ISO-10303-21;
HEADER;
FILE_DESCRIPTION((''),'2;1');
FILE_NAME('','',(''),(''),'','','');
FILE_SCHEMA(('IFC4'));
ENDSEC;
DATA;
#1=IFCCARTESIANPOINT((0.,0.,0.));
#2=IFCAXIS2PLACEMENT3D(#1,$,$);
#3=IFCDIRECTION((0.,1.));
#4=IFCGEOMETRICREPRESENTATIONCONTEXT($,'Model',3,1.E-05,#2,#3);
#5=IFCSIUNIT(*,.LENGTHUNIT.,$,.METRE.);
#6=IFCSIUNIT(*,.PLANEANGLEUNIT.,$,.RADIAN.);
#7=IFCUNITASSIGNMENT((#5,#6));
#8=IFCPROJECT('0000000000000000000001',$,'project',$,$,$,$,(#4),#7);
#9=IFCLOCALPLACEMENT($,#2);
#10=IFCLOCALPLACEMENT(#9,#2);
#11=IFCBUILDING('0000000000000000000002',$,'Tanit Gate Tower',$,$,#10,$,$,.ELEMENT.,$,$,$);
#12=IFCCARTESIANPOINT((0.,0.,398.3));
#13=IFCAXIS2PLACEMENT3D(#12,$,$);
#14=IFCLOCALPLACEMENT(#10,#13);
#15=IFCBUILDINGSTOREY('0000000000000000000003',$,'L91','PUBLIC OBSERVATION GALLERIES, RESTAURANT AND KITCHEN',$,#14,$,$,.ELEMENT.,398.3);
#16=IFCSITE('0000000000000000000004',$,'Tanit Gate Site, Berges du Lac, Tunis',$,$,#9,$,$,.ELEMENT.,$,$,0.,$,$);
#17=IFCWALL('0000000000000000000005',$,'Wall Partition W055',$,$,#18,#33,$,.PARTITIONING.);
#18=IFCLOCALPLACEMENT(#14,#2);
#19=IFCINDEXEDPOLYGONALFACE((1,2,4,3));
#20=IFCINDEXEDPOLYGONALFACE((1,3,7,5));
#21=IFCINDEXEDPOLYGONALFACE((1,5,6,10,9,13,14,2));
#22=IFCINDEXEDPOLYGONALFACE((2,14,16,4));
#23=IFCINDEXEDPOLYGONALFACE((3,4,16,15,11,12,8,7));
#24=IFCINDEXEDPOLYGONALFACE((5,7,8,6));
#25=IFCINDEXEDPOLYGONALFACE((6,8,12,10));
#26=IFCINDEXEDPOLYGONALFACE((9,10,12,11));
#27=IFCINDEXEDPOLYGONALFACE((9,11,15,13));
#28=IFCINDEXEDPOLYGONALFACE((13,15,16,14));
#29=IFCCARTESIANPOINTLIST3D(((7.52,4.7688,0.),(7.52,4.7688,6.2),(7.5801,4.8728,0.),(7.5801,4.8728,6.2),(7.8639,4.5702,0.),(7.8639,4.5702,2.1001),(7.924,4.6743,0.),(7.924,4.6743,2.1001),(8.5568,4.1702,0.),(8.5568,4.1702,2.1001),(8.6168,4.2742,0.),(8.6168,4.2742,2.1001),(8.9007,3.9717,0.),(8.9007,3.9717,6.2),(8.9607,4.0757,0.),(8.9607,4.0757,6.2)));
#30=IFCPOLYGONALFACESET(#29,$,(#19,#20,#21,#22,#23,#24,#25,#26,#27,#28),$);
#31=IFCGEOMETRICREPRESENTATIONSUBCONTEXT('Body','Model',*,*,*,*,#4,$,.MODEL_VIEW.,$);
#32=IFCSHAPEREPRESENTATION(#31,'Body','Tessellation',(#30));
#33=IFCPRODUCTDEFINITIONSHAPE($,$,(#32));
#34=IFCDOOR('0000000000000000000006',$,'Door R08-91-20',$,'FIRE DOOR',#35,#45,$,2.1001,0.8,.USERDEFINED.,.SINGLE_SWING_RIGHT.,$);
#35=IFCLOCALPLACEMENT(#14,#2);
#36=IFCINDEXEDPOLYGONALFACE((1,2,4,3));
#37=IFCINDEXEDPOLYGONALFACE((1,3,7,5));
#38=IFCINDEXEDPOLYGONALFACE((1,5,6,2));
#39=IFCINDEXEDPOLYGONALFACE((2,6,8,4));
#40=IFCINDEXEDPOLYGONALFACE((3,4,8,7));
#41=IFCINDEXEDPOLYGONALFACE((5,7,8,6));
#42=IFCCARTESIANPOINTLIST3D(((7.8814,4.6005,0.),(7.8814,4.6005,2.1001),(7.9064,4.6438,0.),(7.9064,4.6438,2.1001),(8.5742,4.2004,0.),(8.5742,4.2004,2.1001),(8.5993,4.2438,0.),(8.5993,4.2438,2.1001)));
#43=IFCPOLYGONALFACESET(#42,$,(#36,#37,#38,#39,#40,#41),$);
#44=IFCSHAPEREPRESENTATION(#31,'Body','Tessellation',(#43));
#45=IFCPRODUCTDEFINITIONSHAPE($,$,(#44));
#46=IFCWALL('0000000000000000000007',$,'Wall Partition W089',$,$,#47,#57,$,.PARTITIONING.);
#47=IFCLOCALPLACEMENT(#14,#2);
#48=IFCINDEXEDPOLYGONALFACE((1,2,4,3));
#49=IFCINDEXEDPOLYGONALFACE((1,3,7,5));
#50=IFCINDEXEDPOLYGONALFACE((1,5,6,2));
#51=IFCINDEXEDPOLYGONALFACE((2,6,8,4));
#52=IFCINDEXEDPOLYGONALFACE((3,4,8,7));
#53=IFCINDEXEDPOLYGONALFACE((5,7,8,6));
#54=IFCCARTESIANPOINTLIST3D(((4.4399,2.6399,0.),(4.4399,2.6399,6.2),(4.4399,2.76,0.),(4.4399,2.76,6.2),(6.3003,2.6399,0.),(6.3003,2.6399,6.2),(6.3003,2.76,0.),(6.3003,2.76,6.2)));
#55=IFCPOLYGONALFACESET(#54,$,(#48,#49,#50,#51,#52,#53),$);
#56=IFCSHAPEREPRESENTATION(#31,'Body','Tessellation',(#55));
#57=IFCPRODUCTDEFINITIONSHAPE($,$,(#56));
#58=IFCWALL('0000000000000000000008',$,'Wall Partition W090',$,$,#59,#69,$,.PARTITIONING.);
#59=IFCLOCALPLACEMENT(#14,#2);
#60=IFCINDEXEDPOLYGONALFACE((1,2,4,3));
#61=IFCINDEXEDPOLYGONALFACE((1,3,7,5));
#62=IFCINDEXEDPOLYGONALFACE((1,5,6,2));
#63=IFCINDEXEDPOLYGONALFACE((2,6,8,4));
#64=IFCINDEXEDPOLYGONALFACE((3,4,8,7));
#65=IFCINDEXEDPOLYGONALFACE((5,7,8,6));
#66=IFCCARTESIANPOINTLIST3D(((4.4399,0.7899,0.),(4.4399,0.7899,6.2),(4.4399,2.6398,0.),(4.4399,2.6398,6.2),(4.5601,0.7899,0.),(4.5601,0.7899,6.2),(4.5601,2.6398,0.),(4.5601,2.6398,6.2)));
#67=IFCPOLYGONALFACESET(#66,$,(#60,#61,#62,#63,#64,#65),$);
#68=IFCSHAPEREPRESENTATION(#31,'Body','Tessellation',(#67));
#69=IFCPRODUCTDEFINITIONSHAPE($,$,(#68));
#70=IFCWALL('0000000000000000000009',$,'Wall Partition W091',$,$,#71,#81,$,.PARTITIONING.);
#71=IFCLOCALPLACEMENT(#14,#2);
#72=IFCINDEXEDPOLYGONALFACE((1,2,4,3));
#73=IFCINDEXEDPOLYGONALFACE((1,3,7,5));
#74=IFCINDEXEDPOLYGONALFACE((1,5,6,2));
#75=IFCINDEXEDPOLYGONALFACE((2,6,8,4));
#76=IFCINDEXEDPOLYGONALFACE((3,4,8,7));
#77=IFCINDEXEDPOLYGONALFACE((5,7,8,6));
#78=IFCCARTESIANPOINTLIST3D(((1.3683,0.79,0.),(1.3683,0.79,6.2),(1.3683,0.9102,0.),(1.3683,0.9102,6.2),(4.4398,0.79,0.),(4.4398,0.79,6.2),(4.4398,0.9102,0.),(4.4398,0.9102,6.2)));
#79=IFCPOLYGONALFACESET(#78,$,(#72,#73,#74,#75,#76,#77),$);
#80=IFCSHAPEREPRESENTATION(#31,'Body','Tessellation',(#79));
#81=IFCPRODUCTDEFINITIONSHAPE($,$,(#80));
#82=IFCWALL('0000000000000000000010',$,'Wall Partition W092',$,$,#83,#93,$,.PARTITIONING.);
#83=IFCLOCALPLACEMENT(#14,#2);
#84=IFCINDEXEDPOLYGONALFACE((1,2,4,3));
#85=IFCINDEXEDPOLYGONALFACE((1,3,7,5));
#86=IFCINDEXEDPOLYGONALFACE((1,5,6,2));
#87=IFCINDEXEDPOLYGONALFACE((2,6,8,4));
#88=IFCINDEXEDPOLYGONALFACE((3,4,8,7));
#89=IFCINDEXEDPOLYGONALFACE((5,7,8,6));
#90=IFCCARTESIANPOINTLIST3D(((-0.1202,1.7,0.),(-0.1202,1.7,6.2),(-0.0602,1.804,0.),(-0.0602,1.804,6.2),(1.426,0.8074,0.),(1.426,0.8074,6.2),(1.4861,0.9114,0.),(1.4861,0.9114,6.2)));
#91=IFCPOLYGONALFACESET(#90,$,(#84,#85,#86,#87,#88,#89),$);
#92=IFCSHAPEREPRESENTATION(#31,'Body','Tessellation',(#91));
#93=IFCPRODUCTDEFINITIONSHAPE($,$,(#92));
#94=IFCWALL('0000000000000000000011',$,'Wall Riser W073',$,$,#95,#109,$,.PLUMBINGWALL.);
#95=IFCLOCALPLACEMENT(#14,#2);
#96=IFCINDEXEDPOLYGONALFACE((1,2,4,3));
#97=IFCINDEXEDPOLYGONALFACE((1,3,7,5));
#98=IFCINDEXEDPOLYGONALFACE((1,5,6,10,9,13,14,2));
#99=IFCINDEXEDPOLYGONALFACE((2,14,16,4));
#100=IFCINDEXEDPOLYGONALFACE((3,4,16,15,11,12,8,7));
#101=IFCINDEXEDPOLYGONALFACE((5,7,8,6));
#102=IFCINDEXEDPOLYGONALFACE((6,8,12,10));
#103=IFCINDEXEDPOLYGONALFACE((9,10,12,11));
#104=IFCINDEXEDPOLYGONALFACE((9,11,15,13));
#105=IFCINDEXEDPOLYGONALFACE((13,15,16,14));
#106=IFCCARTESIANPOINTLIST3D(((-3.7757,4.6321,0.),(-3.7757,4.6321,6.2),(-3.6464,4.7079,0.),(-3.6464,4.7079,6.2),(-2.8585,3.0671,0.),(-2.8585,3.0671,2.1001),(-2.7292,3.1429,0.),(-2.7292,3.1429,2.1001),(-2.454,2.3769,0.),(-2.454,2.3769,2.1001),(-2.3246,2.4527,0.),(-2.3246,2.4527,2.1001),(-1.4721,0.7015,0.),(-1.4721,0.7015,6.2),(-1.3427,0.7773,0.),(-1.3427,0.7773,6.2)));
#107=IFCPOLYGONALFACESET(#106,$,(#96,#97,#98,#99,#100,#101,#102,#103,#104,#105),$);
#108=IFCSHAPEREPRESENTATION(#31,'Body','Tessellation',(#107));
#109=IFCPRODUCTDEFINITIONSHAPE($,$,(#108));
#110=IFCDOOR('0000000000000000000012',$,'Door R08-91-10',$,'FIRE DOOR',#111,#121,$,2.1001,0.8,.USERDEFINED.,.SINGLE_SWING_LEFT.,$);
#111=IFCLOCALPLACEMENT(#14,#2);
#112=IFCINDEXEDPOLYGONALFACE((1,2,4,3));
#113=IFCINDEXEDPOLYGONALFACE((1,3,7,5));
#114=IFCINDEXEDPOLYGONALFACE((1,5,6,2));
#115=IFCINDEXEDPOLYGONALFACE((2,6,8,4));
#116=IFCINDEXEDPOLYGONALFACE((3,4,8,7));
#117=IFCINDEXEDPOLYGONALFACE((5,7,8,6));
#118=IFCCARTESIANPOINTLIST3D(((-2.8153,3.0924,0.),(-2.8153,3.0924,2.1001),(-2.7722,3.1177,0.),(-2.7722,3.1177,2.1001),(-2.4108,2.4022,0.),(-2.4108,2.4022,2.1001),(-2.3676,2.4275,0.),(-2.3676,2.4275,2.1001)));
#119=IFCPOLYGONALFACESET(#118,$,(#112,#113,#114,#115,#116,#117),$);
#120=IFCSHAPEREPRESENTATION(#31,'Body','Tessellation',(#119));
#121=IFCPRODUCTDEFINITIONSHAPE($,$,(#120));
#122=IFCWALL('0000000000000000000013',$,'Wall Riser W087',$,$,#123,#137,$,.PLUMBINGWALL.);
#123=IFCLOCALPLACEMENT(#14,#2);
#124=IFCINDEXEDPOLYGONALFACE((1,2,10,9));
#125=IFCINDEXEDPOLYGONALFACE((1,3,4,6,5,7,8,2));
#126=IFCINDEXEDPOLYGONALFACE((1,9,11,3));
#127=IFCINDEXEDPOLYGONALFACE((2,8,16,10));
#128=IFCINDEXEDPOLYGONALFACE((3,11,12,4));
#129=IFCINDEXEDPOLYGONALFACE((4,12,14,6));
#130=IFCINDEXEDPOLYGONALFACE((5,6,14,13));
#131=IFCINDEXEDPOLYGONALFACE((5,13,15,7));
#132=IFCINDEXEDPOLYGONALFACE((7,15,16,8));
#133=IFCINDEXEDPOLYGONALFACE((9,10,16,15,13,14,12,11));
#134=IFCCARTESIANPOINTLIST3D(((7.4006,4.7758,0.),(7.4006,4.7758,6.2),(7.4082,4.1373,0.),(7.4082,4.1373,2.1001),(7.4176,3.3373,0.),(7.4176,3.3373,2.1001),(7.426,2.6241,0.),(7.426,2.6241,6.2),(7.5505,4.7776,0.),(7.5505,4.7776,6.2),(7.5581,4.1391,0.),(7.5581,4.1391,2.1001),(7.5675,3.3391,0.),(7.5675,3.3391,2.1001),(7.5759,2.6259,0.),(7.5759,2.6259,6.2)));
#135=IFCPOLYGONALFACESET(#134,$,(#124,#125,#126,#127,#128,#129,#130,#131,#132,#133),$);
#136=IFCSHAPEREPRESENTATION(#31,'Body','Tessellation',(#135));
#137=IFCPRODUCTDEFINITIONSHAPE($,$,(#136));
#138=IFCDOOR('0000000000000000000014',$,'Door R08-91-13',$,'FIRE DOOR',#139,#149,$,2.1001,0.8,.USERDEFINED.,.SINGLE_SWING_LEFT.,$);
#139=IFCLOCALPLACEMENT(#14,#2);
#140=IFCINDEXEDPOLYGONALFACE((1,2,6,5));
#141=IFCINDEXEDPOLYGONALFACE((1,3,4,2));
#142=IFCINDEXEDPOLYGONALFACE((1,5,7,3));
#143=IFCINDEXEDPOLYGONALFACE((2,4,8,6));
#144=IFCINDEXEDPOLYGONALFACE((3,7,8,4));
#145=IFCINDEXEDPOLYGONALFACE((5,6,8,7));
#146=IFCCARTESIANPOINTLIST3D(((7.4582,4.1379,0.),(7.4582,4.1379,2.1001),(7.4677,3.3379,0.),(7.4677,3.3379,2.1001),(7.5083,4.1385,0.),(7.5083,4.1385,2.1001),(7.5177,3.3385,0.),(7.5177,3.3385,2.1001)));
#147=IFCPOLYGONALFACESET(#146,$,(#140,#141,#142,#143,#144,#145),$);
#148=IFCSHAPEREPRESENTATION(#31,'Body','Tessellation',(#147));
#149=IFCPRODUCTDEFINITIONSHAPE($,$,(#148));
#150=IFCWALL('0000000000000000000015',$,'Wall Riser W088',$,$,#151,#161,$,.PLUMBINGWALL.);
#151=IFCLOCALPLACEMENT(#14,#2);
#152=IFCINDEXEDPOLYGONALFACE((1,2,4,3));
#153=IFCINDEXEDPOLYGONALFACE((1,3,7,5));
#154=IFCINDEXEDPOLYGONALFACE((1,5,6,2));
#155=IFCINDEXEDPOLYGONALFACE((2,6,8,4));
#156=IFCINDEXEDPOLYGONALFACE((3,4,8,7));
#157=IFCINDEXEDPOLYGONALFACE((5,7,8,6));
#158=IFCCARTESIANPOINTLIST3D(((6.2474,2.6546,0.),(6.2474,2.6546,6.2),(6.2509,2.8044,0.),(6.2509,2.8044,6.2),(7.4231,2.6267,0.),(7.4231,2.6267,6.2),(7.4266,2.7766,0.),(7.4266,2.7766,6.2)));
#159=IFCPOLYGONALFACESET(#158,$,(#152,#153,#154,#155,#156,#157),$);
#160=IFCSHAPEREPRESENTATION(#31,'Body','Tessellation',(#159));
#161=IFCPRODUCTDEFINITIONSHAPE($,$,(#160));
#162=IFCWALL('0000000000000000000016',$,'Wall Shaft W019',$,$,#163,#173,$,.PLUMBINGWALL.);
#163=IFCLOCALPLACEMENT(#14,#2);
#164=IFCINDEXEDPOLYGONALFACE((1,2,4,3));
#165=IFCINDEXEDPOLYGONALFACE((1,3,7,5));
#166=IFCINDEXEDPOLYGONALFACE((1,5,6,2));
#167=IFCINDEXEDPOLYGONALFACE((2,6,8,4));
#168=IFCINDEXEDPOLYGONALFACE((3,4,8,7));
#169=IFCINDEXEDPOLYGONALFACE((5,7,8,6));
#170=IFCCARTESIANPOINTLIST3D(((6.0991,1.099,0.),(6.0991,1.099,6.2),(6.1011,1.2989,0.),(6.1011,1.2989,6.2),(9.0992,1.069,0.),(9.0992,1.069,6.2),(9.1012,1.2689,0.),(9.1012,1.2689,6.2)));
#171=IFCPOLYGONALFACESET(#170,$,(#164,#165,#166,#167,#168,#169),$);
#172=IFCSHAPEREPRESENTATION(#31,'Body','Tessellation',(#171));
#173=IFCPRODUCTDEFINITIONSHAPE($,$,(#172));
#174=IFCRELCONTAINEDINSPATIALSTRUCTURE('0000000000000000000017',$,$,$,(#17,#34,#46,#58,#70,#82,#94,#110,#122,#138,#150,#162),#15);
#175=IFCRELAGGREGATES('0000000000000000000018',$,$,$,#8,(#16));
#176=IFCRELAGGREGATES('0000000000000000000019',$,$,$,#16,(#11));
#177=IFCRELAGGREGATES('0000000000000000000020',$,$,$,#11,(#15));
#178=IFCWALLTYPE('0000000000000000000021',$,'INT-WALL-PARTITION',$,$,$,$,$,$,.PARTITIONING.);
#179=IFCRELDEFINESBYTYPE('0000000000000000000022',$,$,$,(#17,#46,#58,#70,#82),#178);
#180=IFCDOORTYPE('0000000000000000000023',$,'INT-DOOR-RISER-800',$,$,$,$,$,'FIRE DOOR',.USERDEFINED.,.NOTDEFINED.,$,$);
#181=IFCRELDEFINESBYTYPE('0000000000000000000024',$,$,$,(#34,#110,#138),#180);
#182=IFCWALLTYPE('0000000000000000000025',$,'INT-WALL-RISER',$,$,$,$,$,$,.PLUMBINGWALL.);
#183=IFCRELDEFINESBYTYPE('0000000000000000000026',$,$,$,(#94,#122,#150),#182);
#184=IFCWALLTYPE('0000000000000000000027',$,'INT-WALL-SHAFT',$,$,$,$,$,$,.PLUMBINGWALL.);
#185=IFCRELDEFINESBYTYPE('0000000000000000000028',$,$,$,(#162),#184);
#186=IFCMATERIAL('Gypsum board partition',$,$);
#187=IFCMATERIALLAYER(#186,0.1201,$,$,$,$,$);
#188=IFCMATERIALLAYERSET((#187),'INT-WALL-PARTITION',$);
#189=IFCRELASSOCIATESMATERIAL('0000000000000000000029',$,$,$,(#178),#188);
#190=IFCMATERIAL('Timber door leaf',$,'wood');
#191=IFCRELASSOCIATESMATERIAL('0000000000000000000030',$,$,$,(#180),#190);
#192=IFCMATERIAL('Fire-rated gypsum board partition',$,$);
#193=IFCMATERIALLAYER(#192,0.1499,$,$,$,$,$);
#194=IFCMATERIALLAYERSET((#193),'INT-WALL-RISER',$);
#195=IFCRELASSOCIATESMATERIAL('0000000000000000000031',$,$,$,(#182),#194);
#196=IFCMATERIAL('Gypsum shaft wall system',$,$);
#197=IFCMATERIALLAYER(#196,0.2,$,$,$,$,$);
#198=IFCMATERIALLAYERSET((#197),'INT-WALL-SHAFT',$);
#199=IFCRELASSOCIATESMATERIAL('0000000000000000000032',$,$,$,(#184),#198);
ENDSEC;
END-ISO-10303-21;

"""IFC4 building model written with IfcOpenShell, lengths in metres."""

from ifc_helpers import new_model, si_unit, direction, frame, frame_2d, origin, place, context, subcontext, project, spatial, rectangle, extrude, material, layer, layer_set, type_object, element, fill, save


model = new_model("IFC4")

# Units and contexts
model_context = context("Model", 3, precision=1e-05, world=origin(), true_north=direction((0.0, 1.0)))
body_context = subcontext(model_context, "Body", "Model", "MODEL_VIEW")
ifc_project = project(units=[si_unit("LENGTHUNIT", "METRE"), si_unit("PLANEANGLEUNIT", "RADIAN")], contexts=[model_context])

# Site, building, storey
site_placement = place(None, origin())
site = spatial("IfcSite", under=ifc_project, at=site_placement, Name="Tanit Gate Site, Berges du Lac, Tunis", CompositionType="ELEMENT", RefElevation=0.0)
building_placement = place(site_placement, origin())
building = spatial("IfcBuilding", under=site, at=building_placement, Name="Tanit Gate Tower", CompositionType="ELEMENT")
storey_placement = place(building_placement, frame((0.0, 0.0, 398.3)))
storey = spatial("IfcBuildingStorey", under=building, at=storey_placement, Name="L91", Description="PUBLIC OBSERVATION GALLERIES, RESTAURANT AND KITCHEN", CompositionType="ELEMENT", Elevation=398.3)

# Wall, opening, door
ifc_material_1 = material(Name="Gypsum board partition")
ifc_layer_1 = layer(ifc_material_1, 0.1201)
ifc_layer_set_1 = layer_set([ifc_layer_1], Name="INT-WALL-PARTITION")
wall_type_1 = type_object("IfcWallType", Name="INT-WALL-PARTITION", PredefinedType="PARTITIONING", material=ifc_layer_set_1)
wall_1_placement = place(storey_placement, frame((7.55, 4.8208, 0.0), z_axis=(0.0, 0.0, 1.0), x_axis=(0.86602, -0.50001, 0.0)))
wall_1 = element("IfcWall", 1, at=wall_1_placement, inside=storey, type_object=wall_type_1, Name="Wall Partition W055", PredefinedType="PARTITIONING", context=body_context, shape_type="SweptSolid", body=[
    extrude(rectangle(XDim=1.5942, YDim=0.1201, at=frame_2d((0.7971, 0.0))), origin(), (0.0, 0.0, 1.0), 6.2),
])
opening_1_placement = place(wall_1_placement, frame((0.3972, 0.0, 0.0)))
opening_1 = element("IfcOpeningElement", 2, at=opening_1_placement, cuts=wall_1, PredefinedType="OPENING", context=body_context, shape_type="SweptSolid", body=[
    extrude(rectangle(XDim=0.8, YDim=2.1001, at=frame_2d((0.3999, 1.05))), frame((0.0, 0.0701, 0.0), z_axis=(0.0, -1.0, 0.0), x_axis=(1.0, 0.0, 0.0)), (0.0, 0.0, 1.0), 0.1401),
])
ifc_material_2 = material(Name="Timber door leaf", Category="wood")
door_type_1 = type_object("IfcDoorType", Name="INT-DOOR-RISER-800", ElementType="FIRE DOOR", OperationType="NOTDEFINED", PredefinedType="USERDEFINED", material=ifc_material_2)
door_1_placement = place(opening_1_placement, origin())
door_1 = element("IfcDoor", 3, at=door_1_placement, inside=storey, type_object=door_type_1, Name="Door R08-91-20", ObjectType="FIRE DOOR", OperationType="SINGLE_SWING_RIGHT", OverallHeight=2.1001, OverallWidth=0.8, PredefinedType="USERDEFINED", context=body_context, shape_type="SweptSolid", body=[
    extrude(rectangle(XDim=0.8, YDim=2.1001, at=frame_2d((0.3999, 1.05))), frame((0.0, 0.0249, 0.0), z_axis=(0.0, -1.0, 0.0), x_axis=(1.0, 0.0, 0.0)), (0.0, 0.0, 1.0), 0.05),
])
fill(opening_1, door_1)

# Walls
wall_2_placement = place(storey_placement, frame((4.4399, 2.7, 0.0), z_axis=(0.0, 0.0, 1.0), x_axis=(1.0, 0.0, 0.0)))
element("IfcWall", 4, at=wall_2_placement, inside=storey, type_object=wall_type_1, Name="Wall Partition W089", PredefinedType="PARTITIONING", context=body_context, shape_type="SweptSolid", body=[
    extrude(rectangle(XDim=1.8604, YDim=0.1201, at=frame_2d((0.9302, 0.0))), origin(), (0.0, 0.0, 1.0), 6.2),
])
wall_3_placement = place(storey_placement, frame((4.5, 0.79, 0.0), z_axis=(0.0, 0.0, 1.0), x_axis=(0.0, 1.0, 0.0)))
element("IfcWall", 5, at=wall_3_placement, inside=storey, type_object=wall_type_1, Name="Wall Partition W090", PredefinedType="PARTITIONING", context=body_context, shape_type="SweptSolid", body=[
    extrude(rectangle(XDim=1.8499, YDim=0.1201, at=frame_2d((0.9248, 0.0))), origin(), (0.0, 0.0, 1.0), 6.2),
])
wall_4_placement = place(storey_placement, frame((1.3684, 0.8501, 0.0), z_axis=(0.0, 0.0, 1.0), x_axis=(1.0, 0.0, 0.0)))
element("IfcWall", 6, at=wall_4_placement, inside=storey, type_object=wall_type_1, Name="Wall Partition W091", PredefinedType="PARTITIONING", context=body_context, shape_type="SweptSolid", body=[
    extrude(rectangle(XDim=3.0715, YDim=0.1201, at=frame_2d((1.5356, 0.0))), origin(), (0.0, 0.0, 1.0), 6.2),
])
wall_5_placement = place(storey_placement, frame((-0.0901, 1.752, 0.0), z_axis=(0.0, 0.0, 1.0), x_axis=(0.866047, -0.499963, 0.0)))
element("IfcWall", 7, at=wall_5_placement, inside=storey, type_object=wall_type_1, Name="Wall Partition W092", PredefinedType="PARTITIONING", context=body_context, shape_type="SweptSolid", body=[
    extrude(rectangle(XDim=1.7854, YDim=0.1201, at=frame_2d((0.8926, 0.0))), origin(), (0.0, 0.0, 1.0), 6.2),
])

# Walls, openings, doors
ifc_material_3 = material(Name="Fire-rated gypsum board partition")
ifc_layer_2 = layer(ifc_material_3, 0.1499)
ifc_layer_set_2 = layer_set([ifc_layer_2], Name="INT-WALL-RISER")
wall_type_2 = type_object("IfcWallType", Name="INT-WALL-RISER", PredefinedType="PLUMBINGWALL", material=ifc_layer_set_2)
wall_6_placement = place(storey_placement, frame((-1.4075, 0.7395, 0.0), z_axis=(0.0, 0.0, 1.0), x_axis=(-0.505642, 0.862743, 0.0)))
wall_6 = element("IfcWall", 8, at=wall_6_placement, inside=storey, type_object=wall_type_2, Name="Wall Riser W073", PredefinedType="PLUMBINGWALL", context=body_context, shape_type="SweptSolid", body=[
    extrude(rectangle(XDim=4.5559, YDim=0.1499, at=frame_2d((2.2778, 0.0))), origin(), (0.0, 0.0, 1.0), 6.2),
])
opening_2_placement = place(wall_6_placement, frame((1.9419, 0.0, 0.0)))
opening_2 = element("IfcOpeningElement", 9, at=opening_2_placement, cuts=wall_6, PredefinedType="OPENING", context=body_context, shape_type="SweptSolid", body=[
    extrude(rectangle(XDim=0.8, YDim=2.1001, at=frame_2d((0.3999, 1.05))), frame((0.0, 0.085, 0.0), z_axis=(0.0, -1.0, 0.0), x_axis=(1.0, 0.0, 0.0)), (0.0, 0.0, 1.0), 0.1699),
])
door_2_placement = place(opening_2_placement, origin())
door_2 = element("IfcDoor", 10, at=door_2_placement, inside=storey, type_object=door_type_1, Name="Door R08-91-10", ObjectType="FIRE DOOR", OperationType="SINGLE_SWING_LEFT", OverallHeight=2.1001, OverallWidth=0.8, PredefinedType="USERDEFINED", context=body_context, shape_type="SweptSolid", body=[
    extrude(rectangle(XDim=0.8, YDim=2.1001, at=frame_2d((0.3999, 1.05))), frame((0.0, 0.0249, 0.0), z_axis=(0.0, -1.0, 0.0), x_axis=(1.0, 0.0, 0.0)), (0.0, 0.0, 1.0), 0.05),
])
fill(opening_2, door_2)
wall_7_placement = place(storey_placement, frame((7.501, 2.625, 0.0), z_axis=(0.0, 0.0, 1.0), x_axis=(-0.0118, 0.99993, 0.0)))
wall_7 = element("IfcWall", 11, at=wall_7_placement, inside=storey, type_object=wall_type_2, Name="Wall Riser W087", PredefinedType="PLUMBINGWALL", context=body_context, shape_type="SweptSolid", body=[
    extrude(rectangle(XDim=2.1519, YDim=0.1499, at=frame_2d((1.0759, 0.0))), origin(), (0.0, 0.0, 1.0), 6.2),
])
opening_3_placement = place(wall_7_placement, frame((0.7134, 0.0, 0.0)))
opening_3 = element("IfcOpeningElement", 12, at=opening_3_placement, cuts=wall_7, PredefinedType="OPENING", context=body_context, shape_type="SweptSolid", body=[
    extrude(rectangle(XDim=0.8, YDim=2.1001, at=frame_2d((0.3999, 1.05))), frame((0.0, 0.085, 0.0), z_axis=(0.0, -1.0, 0.0), x_axis=(1.0, 0.0, 0.0)), (0.0, 0.0, 1.0), 0.1699),
])
door_3_placement = place(opening_3_placement, origin())
door_3 = element("IfcDoor", 13, at=door_3_placement, inside=storey, type_object=door_type_1, Name="Door R08-91-13", ObjectType="FIRE DOOR", OperationType="SINGLE_SWING_LEFT", OverallHeight=2.1001, OverallWidth=0.8, PredefinedType="USERDEFINED", context=body_context, shape_type="SweptSolid", body=[
    extrude(rectangle(XDim=0.8, YDim=2.1001, at=frame_2d((0.3999, 1.05))), frame((0.0, 0.0249, 0.0), z_axis=(0.0, -1.0, 0.0), x_axis=(1.0, 0.0, 0.0)), (0.0, 0.0, 1.0), 0.05),
])
fill(opening_3, door_3)

# Wall
wall_8_placement = place(storey_placement, frame((6.2493, 2.7295, 0.0), z_axis=(0.0, 0.0, 1.0), x_axis=(0.99972, -0.023664, 0.0)))
element("IfcWall", 14, at=wall_8_placement, inside=storey, type_object=wall_type_2, Name="Wall Riser W088", PredefinedType="PLUMBINGWALL", context=body_context, shape_type="SweptSolid", body=[
    extrude(rectangle(XDim=1.176, YDim=0.1499, at=frame_2d((0.5879, 0.0))), origin(), (0.0, 0.0, 1.0), 6.2),
])

# Shared definitions
ifc_material_4 = material(Name="Gypsum shaft wall system")
ifc_layer_3 = layer(ifc_material_4, 0.2)
ifc_layer_set_3 = layer_set([ifc_layer_3], Name="INT-WALL-SHAFT")
wall_type_3 = type_object("IfcWallType", Name="INT-WALL-SHAFT", PredefinedType="PLUMBINGWALL", material=ifc_layer_set_3)

# Wall
wall_9_placement = place(storey_placement, frame((9.1001, 1.1689, 0.0), z_axis=(0.0, 0.0, 1.0), x_axis=(-0.99995, 0.010009, 0.0)))
element("IfcWall", 15, at=wall_9_placement, inside=storey, type_object=wall_type_3, Name="Wall Shaft W019", PredefinedType="PLUMBINGWALL", context=body_context, shape_type="SweptSolid", body=[
    extrude(rectangle(XDim=3.0002, YDim=0.2, at=frame_2d((1.5, 0.0))), origin(), (0.0, 0.0, 1.0), 6.2),
])

save(model, "model.ifc")
